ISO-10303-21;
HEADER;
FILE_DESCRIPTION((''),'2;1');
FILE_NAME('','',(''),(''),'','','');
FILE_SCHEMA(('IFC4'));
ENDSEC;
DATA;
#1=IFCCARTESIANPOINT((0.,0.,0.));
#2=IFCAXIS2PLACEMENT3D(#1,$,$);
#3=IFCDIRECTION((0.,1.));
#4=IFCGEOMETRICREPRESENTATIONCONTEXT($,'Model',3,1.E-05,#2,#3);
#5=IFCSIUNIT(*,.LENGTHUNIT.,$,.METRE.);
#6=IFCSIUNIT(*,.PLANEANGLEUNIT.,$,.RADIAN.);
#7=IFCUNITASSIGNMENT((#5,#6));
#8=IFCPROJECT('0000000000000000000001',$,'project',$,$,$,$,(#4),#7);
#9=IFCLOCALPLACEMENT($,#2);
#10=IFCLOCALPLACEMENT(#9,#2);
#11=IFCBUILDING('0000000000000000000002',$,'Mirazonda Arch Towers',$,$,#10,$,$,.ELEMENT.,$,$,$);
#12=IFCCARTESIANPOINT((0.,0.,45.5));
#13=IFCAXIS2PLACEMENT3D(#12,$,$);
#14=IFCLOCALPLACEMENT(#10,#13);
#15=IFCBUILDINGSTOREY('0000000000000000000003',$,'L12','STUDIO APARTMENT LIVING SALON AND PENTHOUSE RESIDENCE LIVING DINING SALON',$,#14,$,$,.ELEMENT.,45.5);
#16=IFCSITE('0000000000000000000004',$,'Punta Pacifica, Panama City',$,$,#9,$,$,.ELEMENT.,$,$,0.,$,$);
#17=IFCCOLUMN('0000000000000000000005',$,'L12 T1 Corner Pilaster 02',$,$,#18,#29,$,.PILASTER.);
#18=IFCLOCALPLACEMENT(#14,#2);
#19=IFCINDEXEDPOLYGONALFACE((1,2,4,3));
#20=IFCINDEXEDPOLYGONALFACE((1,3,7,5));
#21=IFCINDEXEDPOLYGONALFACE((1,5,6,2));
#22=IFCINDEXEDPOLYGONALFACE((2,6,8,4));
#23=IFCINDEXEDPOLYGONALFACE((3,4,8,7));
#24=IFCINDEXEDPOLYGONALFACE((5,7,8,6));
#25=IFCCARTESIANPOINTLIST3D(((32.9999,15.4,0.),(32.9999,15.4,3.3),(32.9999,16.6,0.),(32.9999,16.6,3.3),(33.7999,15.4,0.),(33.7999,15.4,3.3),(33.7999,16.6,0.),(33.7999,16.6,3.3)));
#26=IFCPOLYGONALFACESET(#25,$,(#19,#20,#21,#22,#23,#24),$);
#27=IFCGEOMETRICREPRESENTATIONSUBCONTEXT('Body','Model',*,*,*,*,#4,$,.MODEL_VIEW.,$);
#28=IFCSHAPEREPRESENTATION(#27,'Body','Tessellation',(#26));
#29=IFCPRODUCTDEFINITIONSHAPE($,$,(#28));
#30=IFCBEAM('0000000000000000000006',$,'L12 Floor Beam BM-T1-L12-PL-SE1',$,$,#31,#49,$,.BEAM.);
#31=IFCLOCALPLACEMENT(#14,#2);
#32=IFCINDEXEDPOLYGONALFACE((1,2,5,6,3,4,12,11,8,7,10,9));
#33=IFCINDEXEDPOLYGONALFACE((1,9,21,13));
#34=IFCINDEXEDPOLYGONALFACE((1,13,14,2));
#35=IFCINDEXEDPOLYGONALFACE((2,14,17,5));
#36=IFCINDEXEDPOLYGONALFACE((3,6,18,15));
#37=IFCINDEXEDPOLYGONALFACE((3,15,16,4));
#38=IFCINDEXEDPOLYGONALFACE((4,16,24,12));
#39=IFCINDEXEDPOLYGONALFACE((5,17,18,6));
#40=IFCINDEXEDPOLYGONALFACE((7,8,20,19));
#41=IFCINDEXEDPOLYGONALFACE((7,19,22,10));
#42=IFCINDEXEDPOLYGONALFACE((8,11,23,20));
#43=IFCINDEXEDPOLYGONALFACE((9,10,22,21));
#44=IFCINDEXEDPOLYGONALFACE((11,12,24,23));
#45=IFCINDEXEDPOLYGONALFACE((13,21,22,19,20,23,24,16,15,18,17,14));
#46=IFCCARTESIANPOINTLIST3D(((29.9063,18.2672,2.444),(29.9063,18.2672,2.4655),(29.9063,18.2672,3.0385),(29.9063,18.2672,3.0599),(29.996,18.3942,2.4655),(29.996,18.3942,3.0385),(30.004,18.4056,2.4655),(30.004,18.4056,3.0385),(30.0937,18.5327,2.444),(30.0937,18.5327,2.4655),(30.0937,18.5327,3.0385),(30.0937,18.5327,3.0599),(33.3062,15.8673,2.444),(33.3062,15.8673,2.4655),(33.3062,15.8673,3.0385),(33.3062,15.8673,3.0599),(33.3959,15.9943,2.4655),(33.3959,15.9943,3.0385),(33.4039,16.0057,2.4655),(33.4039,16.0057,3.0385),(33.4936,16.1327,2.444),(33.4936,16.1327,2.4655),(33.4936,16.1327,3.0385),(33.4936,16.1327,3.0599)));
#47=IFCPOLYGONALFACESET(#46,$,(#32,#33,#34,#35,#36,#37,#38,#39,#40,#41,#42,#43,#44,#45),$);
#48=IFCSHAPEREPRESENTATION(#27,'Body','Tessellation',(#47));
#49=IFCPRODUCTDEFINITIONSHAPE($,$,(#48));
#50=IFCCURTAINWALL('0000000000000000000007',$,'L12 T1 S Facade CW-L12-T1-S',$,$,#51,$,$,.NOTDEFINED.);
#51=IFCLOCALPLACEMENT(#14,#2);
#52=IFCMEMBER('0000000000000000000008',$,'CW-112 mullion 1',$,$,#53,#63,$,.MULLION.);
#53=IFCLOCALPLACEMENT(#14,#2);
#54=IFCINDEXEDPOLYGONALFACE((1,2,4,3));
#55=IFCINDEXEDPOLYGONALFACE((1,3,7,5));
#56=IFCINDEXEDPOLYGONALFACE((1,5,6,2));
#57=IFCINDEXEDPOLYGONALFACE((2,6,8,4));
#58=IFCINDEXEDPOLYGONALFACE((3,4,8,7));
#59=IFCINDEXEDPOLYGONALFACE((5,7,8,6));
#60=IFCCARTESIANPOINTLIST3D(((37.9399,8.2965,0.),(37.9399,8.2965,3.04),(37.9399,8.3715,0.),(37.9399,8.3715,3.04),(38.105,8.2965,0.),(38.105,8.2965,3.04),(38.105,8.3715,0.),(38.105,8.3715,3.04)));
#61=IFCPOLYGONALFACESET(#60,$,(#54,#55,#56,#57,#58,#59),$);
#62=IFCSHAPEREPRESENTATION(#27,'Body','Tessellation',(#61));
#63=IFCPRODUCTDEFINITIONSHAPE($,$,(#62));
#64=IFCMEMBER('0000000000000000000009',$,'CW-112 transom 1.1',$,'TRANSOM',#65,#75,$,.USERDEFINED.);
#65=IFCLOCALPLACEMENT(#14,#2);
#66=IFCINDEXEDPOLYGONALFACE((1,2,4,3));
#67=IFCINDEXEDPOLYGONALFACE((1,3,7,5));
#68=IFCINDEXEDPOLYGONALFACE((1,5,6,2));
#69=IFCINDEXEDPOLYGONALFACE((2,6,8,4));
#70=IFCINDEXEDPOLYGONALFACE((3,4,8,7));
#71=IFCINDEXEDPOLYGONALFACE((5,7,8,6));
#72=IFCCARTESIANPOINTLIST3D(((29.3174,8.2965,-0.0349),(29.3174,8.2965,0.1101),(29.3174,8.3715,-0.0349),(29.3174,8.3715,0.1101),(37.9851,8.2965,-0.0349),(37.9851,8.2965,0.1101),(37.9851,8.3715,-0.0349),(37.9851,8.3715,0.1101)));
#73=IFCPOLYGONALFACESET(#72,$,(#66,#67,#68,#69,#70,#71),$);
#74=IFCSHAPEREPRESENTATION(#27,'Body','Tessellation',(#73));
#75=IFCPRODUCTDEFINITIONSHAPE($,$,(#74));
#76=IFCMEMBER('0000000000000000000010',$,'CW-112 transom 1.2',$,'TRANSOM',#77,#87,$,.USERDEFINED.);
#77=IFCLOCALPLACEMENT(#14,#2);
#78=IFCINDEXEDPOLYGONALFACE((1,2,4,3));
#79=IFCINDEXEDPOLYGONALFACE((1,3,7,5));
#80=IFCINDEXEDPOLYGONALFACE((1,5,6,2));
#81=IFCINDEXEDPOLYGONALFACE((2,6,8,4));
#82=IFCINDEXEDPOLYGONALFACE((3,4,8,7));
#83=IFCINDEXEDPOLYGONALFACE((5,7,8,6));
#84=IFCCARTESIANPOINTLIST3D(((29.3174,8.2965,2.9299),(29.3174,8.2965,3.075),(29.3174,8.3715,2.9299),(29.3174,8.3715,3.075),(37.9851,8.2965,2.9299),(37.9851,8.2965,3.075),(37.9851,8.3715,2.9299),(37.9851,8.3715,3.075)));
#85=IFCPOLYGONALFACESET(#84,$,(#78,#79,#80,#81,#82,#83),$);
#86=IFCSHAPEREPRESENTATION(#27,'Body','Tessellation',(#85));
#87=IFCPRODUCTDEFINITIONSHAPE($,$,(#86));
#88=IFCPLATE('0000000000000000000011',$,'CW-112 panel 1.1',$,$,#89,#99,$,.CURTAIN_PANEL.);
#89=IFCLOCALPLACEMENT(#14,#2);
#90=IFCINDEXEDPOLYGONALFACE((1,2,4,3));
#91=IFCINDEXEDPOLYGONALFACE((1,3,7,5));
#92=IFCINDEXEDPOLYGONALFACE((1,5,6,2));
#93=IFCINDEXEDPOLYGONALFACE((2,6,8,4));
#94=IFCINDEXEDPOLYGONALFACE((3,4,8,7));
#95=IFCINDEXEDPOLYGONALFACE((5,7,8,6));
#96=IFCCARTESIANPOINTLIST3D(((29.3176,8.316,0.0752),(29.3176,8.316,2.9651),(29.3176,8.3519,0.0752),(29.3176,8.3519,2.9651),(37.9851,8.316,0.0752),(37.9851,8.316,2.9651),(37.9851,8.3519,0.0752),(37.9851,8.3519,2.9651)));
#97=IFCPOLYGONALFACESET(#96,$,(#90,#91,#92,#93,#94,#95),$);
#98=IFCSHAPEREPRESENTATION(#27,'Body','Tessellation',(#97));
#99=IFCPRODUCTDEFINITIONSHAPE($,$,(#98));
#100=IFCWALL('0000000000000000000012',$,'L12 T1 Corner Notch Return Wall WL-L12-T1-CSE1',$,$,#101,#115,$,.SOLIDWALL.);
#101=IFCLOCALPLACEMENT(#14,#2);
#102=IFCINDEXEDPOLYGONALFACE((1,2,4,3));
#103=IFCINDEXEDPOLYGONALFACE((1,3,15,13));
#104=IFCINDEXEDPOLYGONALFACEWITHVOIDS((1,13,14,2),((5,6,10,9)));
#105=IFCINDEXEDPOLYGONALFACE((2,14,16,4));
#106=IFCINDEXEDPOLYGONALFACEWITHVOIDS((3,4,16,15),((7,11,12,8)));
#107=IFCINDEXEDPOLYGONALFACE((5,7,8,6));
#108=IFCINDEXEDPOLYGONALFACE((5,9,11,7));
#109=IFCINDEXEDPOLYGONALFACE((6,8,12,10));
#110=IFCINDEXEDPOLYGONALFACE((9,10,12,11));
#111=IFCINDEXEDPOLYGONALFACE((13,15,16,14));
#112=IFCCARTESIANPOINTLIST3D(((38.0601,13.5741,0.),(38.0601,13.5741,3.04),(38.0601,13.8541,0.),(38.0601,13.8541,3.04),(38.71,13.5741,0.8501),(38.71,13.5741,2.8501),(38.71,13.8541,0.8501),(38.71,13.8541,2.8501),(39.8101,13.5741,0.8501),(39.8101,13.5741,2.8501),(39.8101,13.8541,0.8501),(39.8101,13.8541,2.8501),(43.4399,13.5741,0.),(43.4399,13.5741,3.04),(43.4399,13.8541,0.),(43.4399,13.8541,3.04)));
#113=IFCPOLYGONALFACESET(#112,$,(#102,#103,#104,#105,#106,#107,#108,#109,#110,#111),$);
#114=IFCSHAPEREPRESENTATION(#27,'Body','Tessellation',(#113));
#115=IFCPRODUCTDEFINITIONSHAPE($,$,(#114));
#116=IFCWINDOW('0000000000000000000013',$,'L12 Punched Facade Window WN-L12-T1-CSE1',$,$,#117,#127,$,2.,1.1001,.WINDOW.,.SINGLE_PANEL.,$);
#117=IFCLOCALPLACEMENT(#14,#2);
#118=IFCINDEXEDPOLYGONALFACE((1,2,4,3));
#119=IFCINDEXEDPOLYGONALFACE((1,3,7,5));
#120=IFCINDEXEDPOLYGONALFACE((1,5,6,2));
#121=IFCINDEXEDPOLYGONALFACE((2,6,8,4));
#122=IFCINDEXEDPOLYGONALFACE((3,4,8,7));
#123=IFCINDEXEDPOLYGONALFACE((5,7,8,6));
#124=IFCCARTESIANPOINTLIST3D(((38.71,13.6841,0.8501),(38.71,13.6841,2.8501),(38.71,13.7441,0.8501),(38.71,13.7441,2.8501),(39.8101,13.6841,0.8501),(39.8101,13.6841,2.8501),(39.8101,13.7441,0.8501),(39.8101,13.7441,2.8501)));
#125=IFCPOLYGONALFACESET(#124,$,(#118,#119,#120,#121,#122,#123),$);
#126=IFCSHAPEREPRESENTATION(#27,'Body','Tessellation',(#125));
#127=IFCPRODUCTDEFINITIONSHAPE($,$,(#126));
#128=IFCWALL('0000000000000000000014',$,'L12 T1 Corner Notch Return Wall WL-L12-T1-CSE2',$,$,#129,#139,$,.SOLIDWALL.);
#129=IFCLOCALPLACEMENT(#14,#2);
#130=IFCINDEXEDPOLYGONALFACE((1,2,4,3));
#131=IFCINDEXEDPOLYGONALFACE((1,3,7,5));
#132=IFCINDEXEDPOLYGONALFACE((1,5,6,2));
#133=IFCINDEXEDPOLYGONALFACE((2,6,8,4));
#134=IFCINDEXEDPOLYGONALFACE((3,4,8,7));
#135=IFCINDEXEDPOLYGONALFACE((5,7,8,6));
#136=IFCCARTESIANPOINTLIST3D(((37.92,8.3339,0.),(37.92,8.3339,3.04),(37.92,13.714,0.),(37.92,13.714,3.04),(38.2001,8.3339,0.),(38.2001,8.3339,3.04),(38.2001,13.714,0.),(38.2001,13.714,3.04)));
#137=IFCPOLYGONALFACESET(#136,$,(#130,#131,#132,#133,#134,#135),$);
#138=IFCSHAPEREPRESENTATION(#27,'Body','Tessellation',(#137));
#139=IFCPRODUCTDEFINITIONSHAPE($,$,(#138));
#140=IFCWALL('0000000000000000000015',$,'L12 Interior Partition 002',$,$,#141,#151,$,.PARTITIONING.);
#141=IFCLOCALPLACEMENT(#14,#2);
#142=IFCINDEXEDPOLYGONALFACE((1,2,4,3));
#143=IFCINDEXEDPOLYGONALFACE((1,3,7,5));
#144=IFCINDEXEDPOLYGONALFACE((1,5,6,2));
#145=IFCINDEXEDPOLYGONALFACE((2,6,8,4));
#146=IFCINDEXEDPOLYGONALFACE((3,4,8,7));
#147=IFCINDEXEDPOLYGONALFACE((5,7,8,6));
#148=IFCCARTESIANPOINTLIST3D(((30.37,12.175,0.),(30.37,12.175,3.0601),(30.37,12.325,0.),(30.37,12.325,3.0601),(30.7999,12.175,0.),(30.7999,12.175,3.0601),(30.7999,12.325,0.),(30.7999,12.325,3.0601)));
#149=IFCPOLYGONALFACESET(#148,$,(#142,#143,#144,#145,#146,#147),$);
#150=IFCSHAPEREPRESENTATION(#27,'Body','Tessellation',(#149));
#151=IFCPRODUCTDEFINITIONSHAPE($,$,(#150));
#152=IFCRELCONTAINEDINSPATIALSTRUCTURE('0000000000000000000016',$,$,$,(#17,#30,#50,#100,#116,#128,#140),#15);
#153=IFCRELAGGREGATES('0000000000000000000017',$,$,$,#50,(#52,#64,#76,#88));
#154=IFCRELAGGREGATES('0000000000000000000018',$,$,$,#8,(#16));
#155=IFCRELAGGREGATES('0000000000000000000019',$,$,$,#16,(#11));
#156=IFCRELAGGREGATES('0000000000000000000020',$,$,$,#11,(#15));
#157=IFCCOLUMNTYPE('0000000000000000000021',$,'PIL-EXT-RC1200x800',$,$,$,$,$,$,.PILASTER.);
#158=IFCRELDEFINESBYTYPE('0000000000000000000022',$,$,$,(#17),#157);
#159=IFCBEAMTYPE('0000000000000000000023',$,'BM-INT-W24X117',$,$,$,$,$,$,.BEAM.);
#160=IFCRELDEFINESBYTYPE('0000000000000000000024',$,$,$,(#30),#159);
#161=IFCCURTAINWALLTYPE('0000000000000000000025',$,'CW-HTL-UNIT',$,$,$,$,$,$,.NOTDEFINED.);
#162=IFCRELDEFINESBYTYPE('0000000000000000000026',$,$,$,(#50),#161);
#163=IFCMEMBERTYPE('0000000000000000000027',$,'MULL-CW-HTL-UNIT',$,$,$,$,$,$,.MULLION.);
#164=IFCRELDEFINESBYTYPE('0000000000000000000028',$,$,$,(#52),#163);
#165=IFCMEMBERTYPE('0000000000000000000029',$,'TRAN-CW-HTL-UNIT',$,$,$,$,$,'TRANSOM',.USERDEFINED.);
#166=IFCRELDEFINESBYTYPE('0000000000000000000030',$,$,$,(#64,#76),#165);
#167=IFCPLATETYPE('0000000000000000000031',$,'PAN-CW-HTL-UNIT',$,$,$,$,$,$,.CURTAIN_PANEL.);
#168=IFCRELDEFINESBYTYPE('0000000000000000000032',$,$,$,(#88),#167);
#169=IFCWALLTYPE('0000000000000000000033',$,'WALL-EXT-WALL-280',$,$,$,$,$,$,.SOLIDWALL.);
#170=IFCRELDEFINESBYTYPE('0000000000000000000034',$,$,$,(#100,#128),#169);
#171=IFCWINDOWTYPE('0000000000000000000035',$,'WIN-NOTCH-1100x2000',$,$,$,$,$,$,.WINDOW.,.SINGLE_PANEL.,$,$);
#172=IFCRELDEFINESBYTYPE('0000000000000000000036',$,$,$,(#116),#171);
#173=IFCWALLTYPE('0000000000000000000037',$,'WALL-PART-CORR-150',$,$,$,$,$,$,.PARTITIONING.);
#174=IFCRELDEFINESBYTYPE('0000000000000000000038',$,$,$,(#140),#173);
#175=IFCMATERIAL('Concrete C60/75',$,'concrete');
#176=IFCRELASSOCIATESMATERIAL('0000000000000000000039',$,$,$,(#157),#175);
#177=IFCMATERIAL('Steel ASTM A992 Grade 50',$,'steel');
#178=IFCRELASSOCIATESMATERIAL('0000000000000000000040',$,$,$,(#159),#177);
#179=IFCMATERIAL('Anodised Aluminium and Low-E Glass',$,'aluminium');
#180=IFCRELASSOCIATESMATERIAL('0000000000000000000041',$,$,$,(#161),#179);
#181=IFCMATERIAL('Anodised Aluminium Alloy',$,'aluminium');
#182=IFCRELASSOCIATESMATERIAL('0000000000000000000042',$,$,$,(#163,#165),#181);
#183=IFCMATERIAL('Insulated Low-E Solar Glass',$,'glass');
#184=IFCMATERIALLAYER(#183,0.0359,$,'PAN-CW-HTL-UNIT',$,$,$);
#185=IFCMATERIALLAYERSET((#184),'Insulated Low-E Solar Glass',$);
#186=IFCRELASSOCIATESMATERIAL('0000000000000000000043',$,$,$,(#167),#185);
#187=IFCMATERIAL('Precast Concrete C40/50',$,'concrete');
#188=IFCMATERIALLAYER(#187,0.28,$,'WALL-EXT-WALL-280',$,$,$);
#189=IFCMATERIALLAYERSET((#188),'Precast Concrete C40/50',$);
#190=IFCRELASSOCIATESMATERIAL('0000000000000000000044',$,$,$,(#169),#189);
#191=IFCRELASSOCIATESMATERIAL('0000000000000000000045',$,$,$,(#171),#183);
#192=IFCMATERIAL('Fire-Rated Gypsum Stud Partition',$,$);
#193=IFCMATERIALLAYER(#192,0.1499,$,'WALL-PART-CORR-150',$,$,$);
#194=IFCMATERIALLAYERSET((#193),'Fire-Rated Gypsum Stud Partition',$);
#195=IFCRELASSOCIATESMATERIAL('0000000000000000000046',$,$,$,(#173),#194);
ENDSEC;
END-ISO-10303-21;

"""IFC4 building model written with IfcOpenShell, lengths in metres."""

from ifc_helpers import new_model, si_unit, direction, frame, frame_2d, origin, origin_2d, place, context, subcontext, project, spatial, rectangle, i_section, extrude, material, layer, layer_set, material_profile, profile_set, type_object, element, fill, aggregate, save


model = new_model("IFC4")

# Units and contexts
model_context = context("Model", 3, precision=1e-05, world=origin(), true_north=direction((0.0, 1.0)))
body_context = subcontext(model_context, "Body", "Model", "MODEL_VIEW")
ifc_project = project(units=[si_unit("LENGTHUNIT", "METRE"), si_unit("PLANEANGLEUNIT", "RADIAN")], contexts=[model_context])

# Site, building, storey
site_placement = place(None, origin())
site = spatial("IfcSite", under=ifc_project, at=site_placement, Name="Punta Pacifica, Panama City", CompositionType="ELEMENT", RefElevation=0.0)
building_placement = place(site_placement, origin())
building = spatial("IfcBuilding", under=site, at=building_placement, Name="Mirazonda Arch Towers", CompositionType="ELEMENT")
storey_placement = place(building_placement, frame((0.0, 0.0, 45.5)))
storey = spatial("IfcBuildingStorey", under=building, at=storey_placement, Name="L12", Description="STUDIO APARTMENT LIVING SALON AND PENTHOUSE RESIDENCE LIVING DINING SALON", CompositionType="ELEMENT", Elevation=45.5)

# Column
ifc_material_1 = material(Name="Concrete C60/75", Category="concrete")
ifc_material_profile_1 = material_profile(ifc_material_1, rectangle(XDim=0.8, YDim=1.2, at=origin_2d()), Name="RC1200x800")
ifc_profile_set_1 = profile_set([ifc_material_profile_1], Name="Concrete C60/75")
column_type = type_object("IfcColumnType", Name="PIL-EXT-RC1200x800", PredefinedType="PILASTER", material=ifc_profile_set_1)
column_placement = place(storey_placement, frame((33.3999, 16.0, 0.0), z_axis=(0.0, 0.0, 1.0), x_axis=(1.0, 0.0, 0.0)))
element("IfcColumn", 1, at=column_placement, inside=storey, type_object=column_type, Name="L12 T1 Corner Pilaster 02", PredefinedType="PILASTER", context=body_context, shape_type="SweptSolid", body=[
    extrude(rectangle(XDim=0.8, YDim=1.2, at=origin_2d()), origin(), (0.0, 0.0, 1.0), 3.3),
])

# Beam
ifc_material_2 = material(Name="Steel ASTM A992 Grade 50", Category="steel")
ifc_material_profile_2 = material_profile(ifc_material_2, i_section(OverallWidth=0.325, OverallDepth=0.616, WebThickness=0.0139, FlangeThickness=0.0215, at=origin_2d()), Name="W24X117")
ifc_profile_set_2 = profile_set([ifc_material_profile_2], Name="Steel ASTM A992 Grade 50")
beam_type = type_object("IfcBeamType", Name="BM-INT-W24X117", PredefinedType="BEAM", material=ifc_profile_set_2)
beam_placement = place(storey_placement, frame((33.3999, 16.0, 2.752), z_axis=(-0.816971, 0.576679, 0.0), x_axis=(-0.576679, -0.816971, 0.0)))
element("IfcBeam", 2, at=beam_placement, inside=storey, type_object=beam_type, Name="L12 Floor Beam BM-T1-L12-PL-SE1", PredefinedType="BEAM", context=body_context, shape_type="SweptSolid", body=[
    extrude(i_section(OverallWidth=0.325, OverallDepth=0.616, WebThickness=0.0139, FlangeThickness=0.0215, at=origin_2d()), origin(), (0.0, 0.0, 1.0), 4.1616),
])

# Curtain wall, members, plate
ifc_material_3 = material(Name="Anodised Aluminium and Low-E Glass", Category="aluminium")
curtain_wall_type = type_object("IfcCurtainWallType", Name="CW-HTL-UNIT", PredefinedType="NOTDEFINED", material=ifc_material_3)
curtain_wall_placement = place(storey_placement, origin())
curtain_wall = element("IfcCurtainWall", 3, at=curtain_wall_placement, inside=storey, type_object=curtain_wall_type, Name="L12 T1 S Facade CW-L12-T1-S", PredefinedType="NOTDEFINED")
ifc_material_4 = material(Name="Anodised Aluminium Alloy", Category="aluminium")
ifc_material_profile_3 = material_profile(ifc_material_4, rectangle(XDim=0.075, YDim=0.165, at=origin_2d()), Name="ALU-MULL-75x165")
ifc_profile_set_3 = profile_set([ifc_material_profile_3], Name="Anodised Aluminium Alloy")
member_type_1 = type_object("IfcMemberType", Name="MULL-CW-HTL-UNIT", PredefinedType="MULLION", material=ifc_profile_set_3)
member_1_placement = place(storey_placement, frame((38.0225, 8.334, 0.0), z_axis=(0.0, 0.0, 1.0), x_axis=(0.0, -1.0, 0.0)))
member_1 = element("IfcMember", 4, at=member_1_placement, type_object=member_type_1, Name="CW-112 mullion 1", PredefinedType="MULLION", context=body_context, shape_type="SweptSolid", body=[
    extrude(rectangle(XDim=0.075, YDim=0.165, at=origin_2d()), origin(), (0.0, 0.0, 1.0), 3.04),
])
ifc_material_profile_4 = material_profile(ifc_material_4, rectangle(XDim=0.075, YDim=0.145, at=origin_2d()), Name="ALU-TRAN-75x145")
ifc_profile_set_4 = profile_set([ifc_material_profile_4], Name="Anodised Aluminium Alloy")
member_type_2 = type_object("IfcMemberType", Name="TRAN-CW-HTL-UNIT", ElementType="TRANSOM", PredefinedType="USERDEFINED", material=ifc_profile_set_4)
member_2_placement = place(storey_placement, frame((37.9851, 8.334, 0.0376), z_axis=(-1.0, 0.0, 0.0), x_axis=(0.0, -1.0, 0.0)))
member_2 = element("IfcMember", 5, at=member_2_placement, type_object=member_type_2, Name="CW-112 transom 1.1", ObjectType="TRANSOM", PredefinedType="USERDEFINED", context=body_context, shape_type="SweptSolid", body=[
    extrude(rectangle(XDim=0.075, YDim=0.145, at=origin_2d()), origin(), (0.0, 0.0, 1.0), 8.6677),
])
member_3_placement = place(storey_placement, frame((37.9851, 8.334, 3.0024), z_axis=(-1.0, 0.0, 0.0), x_axis=(0.0, -1.0, 0.0)))
member_3 = element("IfcMember", 6, at=member_3_placement, type_object=member_type_2, Name="CW-112 transom 1.2", ObjectType="TRANSOM", PredefinedType="USERDEFINED", context=body_context, shape_type="SweptSolid", body=[
    extrude(rectangle(XDim=0.075, YDim=0.145, at=origin_2d()), origin(), (0.0, 0.0, 1.0), 8.6677),
])
ifc_material_5 = material(Name="Insulated Low-E Solar Glass", Category="glass")
ifc_layer_1 = layer(ifc_material_5, 0.0359, Name="PAN-CW-HTL-UNIT")
ifc_layer_set_1 = layer_set([ifc_layer_1], Name="Insulated Low-E Solar Glass")
plate_type = type_object("IfcPlateType", Name="PAN-CW-HTL-UNIT", PredefinedType="CURTAIN_PANEL", material=ifc_layer_set_1)
plate_placement = place(storey_placement, frame((33.6514, 8.334, 0.0752), z_axis=(0.0, 0.0, 1.0), x_axis=(-1.0, 0.0, 0.0)))
plate = element("IfcPlate", 7, at=plate_placement, type_object=plate_type, Name="CW-112 panel 1.1", PredefinedType="CURTAIN_PANEL", context=body_context, shape_type="SweptSolid", body=[
    extrude(rectangle(XDim=8.6675, YDim=0.0359, at=origin_2d()), origin(), (0.0, 0.0, 1.0), 2.8899),
])
aggregate(curtain_wall, [member_1, member_2, member_3, plate])

# Wall, opening, window
ifc_material_6 = material(Name="Precast Concrete C40/50", Category="concrete")
ifc_layer_2 = layer(ifc_material_6, 0.28, Name="WALL-EXT-WALL-280")
ifc_layer_set_2 = layer_set([ifc_layer_2], Name="Precast Concrete C40/50")
wall_type_1 = type_object("IfcWallType", Name="WALL-EXT-WALL-280", PredefinedType="SOLIDWALL", material=ifc_layer_set_2)
wall_1_placement = place(storey_placement, frame((38.0601, 13.7141, 0.0), z_axis=(0.0, 0.0, 1.0), x_axis=(1.0, 0.0, 0.0)))
wall_1 = element("IfcWall", 8, at=wall_1_placement, inside=storey, type_object=wall_type_1, Name="L12 T1 Corner Notch Return Wall WL-L12-T1-CSE1", PredefinedType="SOLIDWALL", context=body_context, shape_type="SweptSolid", body=[
    extrude(rectangle(XDim=5.3799, YDim=0.28, at=frame_2d((2.6899, 0.0))), origin(), (0.0, 0.0, 1.0), 3.04),
])
opening_1_placement = place(wall_1_placement, frame((0.6499, 0.0, 0.8501)))
opening_1 = element("IfcOpeningElement", 9, at=opening_1_placement, cuts=wall_1, PredefinedType="OPENING", context=body_context, shape_type="SweptSolid", body=[
    extrude(rectangle(XDim=1.1001, YDim=2.0, at=frame_2d((0.55, 1.0))), frame((0.0, 0.1499, 0.0), z_axis=(0.0, -1.0, 0.0), x_axis=(1.0, 0.0, 0.0)), (0.0, 0.0, 1.0), 0.3),
])
window_type = type_object("IfcWindowType", Name="WIN-NOTCH-1100x2000", PartitioningType="SINGLE_PANEL", PredefinedType="WINDOW", material=ifc_material_5)
window_placement = place(opening_1_placement, origin())
window = element("IfcWindow", 10, at=window_placement, inside=storey, type_object=window_type, Name="L12 Punched Facade Window WN-L12-T1-CSE1", OverallHeight=2.0, OverallWidth=1.1001, PartitioningType="SINGLE_PANEL", PredefinedType="WINDOW", context=body_context, shape_type="SweptSolid", body=[
    extrude(rectangle(XDim=1.1001, YDim=2.0, at=frame_2d((0.55, 1.0))), frame((0.0, 0.03, 0.0), z_axis=(0.0, -1.0, 0.0), x_axis=(1.0, 0.0, 0.0)), (0.0, 0.0, 1.0), 0.0601),
])
fill(opening_1, window)

# Walls
wall_2_placement = place(storey_placement, frame((38.0601, 8.334, 0.0), z_axis=(0.0, 0.0, 1.0), x_axis=(0.0, 1.0, 0.0)))
element("IfcWall", 11, at=wall_2_placement, inside=storey, type_object=wall_type_1, Name="L12 T1 Corner Notch Return Wall WL-L12-T1-CSE2", PredefinedType="SOLIDWALL", context=body_context, shape_type="SweptSolid", body=[
    extrude(rectangle(XDim=5.3801, YDim=0.28, at=frame_2d((2.6899, 0.0))), origin(), (0.0, 0.0, 1.0), 3.04),
])
ifc_material_7 = material(Name="Fire-Rated Gypsum Stud Partition")
ifc_layer_3 = layer(ifc_material_7, 0.1499, Name="WALL-PART-CORR-150")
ifc_layer_set_3 = layer_set([ifc_layer_3], Name="Fire-Rated Gypsum Stud Partition")
wall_type_2 = type_object("IfcWallType", Name="WALL-PART-CORR-150", PredefinedType="PARTITIONING", material=ifc_layer_set_3)
wall_3_placement = place(storey_placement, frame((30.3701, 12.25, 0.0), z_axis=(0.0, 0.0, 1.0), x_axis=(1.0, 0.0, 0.0)))
element("IfcWall", 12, at=wall_3_placement, inside=storey, type_object=wall_type_2, Name="L12 Interior Partition 002", PredefinedType="PARTITIONING", context=body_context, shape_type="SweptSolid", body=[
    extrude(rectangle(XDim=0.4299, YDim=0.1499, at=frame_2d((0.2148, 0.0))), origin(), (0.0, 0.0, 1.0), 3.0601),
])

save(model, "model.ifc")
